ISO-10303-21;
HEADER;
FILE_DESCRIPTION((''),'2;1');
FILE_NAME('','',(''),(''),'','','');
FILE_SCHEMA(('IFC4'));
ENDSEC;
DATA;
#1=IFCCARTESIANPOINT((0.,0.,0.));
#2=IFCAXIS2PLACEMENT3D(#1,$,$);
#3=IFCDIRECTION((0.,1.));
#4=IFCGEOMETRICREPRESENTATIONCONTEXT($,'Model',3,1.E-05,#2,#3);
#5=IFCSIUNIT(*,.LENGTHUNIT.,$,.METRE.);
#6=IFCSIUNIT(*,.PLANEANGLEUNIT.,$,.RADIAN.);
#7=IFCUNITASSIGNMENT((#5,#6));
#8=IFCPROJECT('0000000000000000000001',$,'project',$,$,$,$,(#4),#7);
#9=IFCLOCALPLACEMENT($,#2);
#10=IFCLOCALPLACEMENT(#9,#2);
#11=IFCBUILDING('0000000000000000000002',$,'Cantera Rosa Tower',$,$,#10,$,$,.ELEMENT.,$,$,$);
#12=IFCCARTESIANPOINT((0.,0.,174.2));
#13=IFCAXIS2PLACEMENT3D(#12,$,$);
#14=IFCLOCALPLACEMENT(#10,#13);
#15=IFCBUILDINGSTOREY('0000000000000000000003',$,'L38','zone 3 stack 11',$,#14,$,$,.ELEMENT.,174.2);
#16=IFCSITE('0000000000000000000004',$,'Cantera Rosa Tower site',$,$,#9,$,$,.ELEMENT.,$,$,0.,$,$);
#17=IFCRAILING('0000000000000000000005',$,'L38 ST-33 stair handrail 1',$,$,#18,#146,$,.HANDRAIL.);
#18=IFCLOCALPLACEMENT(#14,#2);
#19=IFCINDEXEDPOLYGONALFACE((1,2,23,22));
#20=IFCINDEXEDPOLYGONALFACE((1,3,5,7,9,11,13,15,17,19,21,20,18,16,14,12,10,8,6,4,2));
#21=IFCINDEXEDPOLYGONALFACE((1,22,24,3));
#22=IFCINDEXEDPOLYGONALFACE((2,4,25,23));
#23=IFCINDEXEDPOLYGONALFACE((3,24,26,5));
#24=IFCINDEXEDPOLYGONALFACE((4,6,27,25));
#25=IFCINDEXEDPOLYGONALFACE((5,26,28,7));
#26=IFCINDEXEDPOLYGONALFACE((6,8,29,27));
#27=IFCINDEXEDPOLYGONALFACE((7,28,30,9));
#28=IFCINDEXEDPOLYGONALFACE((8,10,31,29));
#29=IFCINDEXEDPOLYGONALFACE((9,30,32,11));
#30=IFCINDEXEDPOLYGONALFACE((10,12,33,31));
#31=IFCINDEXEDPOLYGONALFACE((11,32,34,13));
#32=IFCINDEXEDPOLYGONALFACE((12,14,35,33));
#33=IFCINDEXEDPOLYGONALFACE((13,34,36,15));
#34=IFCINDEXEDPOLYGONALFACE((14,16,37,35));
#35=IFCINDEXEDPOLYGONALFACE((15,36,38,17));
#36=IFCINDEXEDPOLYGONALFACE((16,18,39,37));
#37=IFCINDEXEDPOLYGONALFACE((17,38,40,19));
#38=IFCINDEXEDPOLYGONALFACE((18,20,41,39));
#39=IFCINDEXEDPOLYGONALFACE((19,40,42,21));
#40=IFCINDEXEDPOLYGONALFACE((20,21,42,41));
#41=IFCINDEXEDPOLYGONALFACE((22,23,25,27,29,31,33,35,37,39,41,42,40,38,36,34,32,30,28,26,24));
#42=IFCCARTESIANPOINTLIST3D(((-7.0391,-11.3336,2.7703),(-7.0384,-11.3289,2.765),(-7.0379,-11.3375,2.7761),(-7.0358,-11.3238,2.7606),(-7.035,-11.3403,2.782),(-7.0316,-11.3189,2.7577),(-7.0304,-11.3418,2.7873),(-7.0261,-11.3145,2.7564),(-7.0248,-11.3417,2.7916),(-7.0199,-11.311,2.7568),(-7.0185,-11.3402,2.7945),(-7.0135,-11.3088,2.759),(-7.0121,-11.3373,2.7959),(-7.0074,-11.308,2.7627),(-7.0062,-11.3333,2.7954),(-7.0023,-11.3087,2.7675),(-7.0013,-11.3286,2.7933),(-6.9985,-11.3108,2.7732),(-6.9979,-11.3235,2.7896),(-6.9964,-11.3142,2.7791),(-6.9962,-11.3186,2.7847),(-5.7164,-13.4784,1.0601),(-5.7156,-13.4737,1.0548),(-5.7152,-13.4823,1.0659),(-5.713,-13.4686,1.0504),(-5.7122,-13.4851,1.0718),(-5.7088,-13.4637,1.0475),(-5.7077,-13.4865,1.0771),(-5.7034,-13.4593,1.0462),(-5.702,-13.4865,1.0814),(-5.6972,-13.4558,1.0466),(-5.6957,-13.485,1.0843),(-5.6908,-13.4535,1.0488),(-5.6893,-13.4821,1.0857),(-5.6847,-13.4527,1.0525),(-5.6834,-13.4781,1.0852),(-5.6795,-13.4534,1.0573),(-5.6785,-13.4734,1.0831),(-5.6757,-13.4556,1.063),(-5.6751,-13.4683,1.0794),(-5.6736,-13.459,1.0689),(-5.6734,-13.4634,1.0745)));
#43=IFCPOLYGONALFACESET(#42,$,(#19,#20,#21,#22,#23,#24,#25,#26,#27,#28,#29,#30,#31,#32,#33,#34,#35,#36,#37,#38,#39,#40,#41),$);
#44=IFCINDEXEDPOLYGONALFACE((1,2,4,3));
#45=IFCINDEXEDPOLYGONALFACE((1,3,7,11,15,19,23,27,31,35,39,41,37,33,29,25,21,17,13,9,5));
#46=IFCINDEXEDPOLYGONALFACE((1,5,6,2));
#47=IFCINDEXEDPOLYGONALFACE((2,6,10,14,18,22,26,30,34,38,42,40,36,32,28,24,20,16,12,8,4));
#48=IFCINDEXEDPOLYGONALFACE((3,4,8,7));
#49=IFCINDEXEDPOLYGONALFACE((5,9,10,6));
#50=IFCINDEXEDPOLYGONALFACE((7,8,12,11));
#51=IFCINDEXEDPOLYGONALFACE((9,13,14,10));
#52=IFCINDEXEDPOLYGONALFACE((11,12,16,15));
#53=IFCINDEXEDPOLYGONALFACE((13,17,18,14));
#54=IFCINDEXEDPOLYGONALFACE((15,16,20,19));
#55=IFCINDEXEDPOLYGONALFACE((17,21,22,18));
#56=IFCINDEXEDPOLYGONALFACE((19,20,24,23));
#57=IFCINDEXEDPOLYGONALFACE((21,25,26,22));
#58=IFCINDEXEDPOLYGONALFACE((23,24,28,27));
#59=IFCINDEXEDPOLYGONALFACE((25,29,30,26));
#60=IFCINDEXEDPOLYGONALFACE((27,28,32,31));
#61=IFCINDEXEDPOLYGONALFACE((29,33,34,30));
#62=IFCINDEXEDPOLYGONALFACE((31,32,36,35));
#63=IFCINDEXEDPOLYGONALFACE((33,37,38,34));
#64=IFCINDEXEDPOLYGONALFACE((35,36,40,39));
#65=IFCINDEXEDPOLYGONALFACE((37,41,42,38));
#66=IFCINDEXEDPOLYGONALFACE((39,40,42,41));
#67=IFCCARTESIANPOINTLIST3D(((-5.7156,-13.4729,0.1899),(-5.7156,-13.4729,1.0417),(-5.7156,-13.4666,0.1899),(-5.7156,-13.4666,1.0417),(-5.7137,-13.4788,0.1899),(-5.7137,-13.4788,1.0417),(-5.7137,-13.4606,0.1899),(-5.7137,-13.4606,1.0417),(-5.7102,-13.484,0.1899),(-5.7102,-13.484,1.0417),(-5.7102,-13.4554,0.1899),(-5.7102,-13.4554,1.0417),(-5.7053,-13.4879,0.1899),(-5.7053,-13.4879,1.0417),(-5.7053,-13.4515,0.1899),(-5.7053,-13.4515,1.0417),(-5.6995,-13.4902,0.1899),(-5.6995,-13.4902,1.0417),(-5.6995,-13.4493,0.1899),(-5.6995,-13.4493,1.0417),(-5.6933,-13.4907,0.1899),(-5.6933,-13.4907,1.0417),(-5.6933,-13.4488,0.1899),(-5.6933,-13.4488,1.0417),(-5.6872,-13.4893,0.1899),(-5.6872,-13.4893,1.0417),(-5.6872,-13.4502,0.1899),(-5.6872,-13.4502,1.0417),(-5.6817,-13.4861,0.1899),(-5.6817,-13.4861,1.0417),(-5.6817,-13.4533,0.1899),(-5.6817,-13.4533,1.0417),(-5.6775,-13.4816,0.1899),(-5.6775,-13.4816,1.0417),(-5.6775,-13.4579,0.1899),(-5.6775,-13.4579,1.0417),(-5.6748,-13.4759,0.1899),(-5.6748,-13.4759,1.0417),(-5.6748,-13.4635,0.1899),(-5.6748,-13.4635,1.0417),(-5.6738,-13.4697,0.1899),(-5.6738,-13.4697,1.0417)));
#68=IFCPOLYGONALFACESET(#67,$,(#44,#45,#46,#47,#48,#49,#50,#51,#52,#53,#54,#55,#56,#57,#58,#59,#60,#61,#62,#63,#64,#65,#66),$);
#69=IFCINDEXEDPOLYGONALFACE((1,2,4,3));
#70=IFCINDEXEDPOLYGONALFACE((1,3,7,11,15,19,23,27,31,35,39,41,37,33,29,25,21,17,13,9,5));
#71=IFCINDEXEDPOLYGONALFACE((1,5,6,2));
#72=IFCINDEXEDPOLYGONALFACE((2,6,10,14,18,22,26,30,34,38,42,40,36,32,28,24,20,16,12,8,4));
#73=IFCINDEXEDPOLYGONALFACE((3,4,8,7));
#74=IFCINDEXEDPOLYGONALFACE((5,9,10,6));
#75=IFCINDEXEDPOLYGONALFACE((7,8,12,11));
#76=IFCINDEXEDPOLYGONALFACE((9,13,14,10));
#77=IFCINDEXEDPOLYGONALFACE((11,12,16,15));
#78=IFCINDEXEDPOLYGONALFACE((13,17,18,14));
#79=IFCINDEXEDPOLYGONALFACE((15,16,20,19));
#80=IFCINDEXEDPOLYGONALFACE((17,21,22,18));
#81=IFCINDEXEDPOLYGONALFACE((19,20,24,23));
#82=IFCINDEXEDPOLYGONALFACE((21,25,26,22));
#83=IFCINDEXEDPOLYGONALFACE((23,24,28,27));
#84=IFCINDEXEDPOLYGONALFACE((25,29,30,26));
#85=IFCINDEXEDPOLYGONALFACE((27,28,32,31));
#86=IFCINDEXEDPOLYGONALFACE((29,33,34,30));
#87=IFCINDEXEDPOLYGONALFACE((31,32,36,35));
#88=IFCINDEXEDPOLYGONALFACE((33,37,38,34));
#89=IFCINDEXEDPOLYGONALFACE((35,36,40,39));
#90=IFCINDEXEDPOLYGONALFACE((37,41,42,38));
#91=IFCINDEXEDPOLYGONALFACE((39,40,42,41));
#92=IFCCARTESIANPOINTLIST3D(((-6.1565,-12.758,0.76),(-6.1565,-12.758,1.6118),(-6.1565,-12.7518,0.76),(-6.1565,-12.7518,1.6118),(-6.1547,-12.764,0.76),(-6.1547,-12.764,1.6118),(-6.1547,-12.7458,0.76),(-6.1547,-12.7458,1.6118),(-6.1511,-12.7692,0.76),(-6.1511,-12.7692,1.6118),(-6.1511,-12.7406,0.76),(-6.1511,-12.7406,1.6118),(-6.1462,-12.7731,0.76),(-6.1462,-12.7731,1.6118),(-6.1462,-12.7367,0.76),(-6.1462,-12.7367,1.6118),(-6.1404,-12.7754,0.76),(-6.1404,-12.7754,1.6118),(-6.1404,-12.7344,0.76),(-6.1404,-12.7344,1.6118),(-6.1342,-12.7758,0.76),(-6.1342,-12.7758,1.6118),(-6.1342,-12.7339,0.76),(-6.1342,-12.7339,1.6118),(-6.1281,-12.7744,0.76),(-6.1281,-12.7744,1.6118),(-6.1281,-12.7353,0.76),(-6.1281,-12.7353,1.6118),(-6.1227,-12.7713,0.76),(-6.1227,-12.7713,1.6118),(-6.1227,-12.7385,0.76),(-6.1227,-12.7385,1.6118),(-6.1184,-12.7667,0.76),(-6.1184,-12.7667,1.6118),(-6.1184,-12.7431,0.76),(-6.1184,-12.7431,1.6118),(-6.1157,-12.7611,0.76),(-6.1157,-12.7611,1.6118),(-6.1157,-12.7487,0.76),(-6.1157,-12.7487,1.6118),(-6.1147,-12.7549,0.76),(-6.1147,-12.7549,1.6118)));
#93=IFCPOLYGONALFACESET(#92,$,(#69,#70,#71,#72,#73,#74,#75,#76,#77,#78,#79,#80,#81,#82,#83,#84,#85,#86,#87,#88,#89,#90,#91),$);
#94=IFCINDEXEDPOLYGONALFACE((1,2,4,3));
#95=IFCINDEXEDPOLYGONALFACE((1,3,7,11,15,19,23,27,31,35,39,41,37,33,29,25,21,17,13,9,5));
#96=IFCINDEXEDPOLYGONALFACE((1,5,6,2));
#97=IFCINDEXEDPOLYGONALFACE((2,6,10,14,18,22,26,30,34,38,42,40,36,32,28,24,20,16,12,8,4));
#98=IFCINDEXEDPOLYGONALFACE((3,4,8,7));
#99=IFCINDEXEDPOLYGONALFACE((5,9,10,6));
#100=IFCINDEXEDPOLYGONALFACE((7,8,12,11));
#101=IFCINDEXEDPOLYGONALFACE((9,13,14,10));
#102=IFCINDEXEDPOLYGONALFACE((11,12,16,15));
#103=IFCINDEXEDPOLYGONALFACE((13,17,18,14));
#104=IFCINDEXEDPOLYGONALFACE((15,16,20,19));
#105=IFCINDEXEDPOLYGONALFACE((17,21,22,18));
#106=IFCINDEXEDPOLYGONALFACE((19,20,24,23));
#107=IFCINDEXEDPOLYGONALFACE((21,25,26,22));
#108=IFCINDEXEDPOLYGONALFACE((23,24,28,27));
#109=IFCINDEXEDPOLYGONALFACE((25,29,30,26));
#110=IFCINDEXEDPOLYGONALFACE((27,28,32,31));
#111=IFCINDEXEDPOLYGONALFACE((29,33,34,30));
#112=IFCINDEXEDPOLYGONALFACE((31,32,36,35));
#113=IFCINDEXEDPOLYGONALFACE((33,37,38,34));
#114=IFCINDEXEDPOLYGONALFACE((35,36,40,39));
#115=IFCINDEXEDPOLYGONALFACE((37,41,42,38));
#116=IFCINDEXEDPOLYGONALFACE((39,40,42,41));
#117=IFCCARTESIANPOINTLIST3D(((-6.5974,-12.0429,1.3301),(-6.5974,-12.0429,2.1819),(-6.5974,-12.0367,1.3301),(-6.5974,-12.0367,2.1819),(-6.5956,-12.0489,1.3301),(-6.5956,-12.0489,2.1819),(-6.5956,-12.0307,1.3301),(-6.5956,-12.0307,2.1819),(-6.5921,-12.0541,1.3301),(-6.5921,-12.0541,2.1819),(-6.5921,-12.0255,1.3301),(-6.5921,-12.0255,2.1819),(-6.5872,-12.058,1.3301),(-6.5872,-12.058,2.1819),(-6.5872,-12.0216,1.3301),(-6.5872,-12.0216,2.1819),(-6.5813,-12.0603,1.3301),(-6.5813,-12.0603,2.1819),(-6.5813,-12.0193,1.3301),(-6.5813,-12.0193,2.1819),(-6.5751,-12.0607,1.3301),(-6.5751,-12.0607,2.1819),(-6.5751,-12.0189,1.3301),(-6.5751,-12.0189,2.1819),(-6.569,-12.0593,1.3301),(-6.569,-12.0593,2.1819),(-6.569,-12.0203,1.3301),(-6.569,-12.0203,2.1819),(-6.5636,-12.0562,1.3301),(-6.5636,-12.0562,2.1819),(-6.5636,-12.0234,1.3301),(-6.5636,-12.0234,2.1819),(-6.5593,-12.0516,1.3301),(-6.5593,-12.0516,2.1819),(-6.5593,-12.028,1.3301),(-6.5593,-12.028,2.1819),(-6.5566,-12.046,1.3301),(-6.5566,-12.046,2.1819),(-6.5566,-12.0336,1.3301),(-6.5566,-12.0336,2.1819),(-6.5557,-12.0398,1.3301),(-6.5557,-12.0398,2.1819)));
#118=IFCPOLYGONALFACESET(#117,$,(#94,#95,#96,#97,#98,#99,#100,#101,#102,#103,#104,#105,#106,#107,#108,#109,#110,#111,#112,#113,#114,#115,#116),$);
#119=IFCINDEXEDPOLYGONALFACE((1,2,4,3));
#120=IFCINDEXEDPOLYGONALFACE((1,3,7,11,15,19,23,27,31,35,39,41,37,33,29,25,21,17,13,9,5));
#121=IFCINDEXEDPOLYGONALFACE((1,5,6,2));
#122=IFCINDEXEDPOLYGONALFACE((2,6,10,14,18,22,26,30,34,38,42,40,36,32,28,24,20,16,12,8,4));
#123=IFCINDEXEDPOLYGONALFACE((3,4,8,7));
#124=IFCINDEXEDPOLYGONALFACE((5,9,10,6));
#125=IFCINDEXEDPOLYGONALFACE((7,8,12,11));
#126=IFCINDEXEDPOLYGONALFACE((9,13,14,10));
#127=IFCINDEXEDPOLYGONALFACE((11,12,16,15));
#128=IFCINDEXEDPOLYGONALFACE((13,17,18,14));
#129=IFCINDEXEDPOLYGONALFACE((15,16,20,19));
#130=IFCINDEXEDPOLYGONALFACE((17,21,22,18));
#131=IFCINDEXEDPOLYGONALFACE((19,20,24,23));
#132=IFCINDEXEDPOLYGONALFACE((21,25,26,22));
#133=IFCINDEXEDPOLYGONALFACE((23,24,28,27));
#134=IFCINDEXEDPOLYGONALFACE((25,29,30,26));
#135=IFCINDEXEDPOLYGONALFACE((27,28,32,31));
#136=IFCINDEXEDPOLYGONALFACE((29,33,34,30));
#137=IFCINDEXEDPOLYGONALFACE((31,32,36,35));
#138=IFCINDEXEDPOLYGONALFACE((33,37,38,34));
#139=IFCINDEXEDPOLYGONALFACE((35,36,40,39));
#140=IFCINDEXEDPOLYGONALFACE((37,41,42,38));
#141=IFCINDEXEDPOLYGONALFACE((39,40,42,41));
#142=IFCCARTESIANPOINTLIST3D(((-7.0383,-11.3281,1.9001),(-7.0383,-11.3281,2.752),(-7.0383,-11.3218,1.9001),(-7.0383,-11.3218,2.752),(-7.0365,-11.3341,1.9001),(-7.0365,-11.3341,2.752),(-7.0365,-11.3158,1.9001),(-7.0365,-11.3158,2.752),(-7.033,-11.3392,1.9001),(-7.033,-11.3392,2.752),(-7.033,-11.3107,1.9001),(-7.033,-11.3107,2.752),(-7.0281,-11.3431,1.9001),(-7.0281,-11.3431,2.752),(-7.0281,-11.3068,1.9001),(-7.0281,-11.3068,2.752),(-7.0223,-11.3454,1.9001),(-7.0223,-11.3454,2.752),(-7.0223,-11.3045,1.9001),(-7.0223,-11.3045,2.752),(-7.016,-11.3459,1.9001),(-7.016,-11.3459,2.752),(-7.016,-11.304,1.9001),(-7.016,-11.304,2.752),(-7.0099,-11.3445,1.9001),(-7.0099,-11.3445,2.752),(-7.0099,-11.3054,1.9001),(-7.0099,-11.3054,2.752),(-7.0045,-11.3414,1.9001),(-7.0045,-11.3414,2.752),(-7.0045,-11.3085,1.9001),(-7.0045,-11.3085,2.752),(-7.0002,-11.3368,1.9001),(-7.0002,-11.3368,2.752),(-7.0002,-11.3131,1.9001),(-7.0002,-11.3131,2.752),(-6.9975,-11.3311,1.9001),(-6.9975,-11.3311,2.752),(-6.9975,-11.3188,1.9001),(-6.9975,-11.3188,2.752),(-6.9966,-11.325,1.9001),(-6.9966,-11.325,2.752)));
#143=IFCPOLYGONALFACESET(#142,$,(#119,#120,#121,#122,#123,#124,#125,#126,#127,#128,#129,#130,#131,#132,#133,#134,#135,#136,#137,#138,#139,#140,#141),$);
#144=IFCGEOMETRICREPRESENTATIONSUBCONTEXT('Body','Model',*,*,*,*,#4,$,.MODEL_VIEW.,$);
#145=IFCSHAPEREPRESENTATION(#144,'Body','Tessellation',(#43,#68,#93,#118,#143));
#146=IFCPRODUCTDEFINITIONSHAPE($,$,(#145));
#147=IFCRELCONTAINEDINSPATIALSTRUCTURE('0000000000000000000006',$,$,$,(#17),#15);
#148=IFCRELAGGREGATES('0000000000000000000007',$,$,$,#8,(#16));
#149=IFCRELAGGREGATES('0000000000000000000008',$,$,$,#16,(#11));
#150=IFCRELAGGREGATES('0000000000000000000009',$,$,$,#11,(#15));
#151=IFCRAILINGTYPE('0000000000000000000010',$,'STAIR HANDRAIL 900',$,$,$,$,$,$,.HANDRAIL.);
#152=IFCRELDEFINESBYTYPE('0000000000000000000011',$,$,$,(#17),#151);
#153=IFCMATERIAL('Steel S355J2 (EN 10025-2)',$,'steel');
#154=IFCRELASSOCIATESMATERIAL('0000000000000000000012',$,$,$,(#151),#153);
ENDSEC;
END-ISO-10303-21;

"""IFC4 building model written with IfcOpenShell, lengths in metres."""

from ifc_helpers import new_model, si_unit, direction, frame, origin, origin_2d, place, context, subcontext, project, spatial, circle, extrude, material, type_object, element, save


model = new_model("IFC4")

# Units and contexts
model_context = context("Model", 3, precision=1e-05, world=origin(), true_north=direction((0.0, 1.0)))
body_context = subcontext(model_context, "Body", "Model", "MODEL_VIEW")
ifc_project = project(units=[si_unit("LENGTHUNIT", "METRE"), si_unit("PLANEANGLEUNIT", "RADIAN")], contexts=[model_context])

# Site, building, storey
site_placement = place(None, origin())
site = spatial("IfcSite", under=ifc_project, at=site_placement, Name="Cantera Rosa Tower site", CompositionType="ELEMENT", RefElevation=0.0)
building_placement = place(site_placement, origin())
building = spatial("IfcBuilding", under=site, at=building_placement, Name="Cantera Rosa Tower", CompositionType="ELEMENT")
storey_placement = place(building_placement, frame((0.0, 0.0, 174.2)))
storey = spatial("IfcBuildingStorey", under=building, at=storey_placement, Name="L38", Description="zone 3 stack 11", CompositionType="ELEMENT", Elevation=174.2)

# Railing
ifc_material_1 = material(Name="Steel S355J2 (EN 10025-2)", Category="steel")
railing_type_1 = type_object("IfcRailingType", Name="STAIR HANDRAIL 900", PredefinedType="HANDRAIL", material=ifc_material_1)
railing_1_placement = place(storey_placement, frame((-5.6948, -13.4697, 0.1899)))
element("IfcRailing", 1, at=railing_1_placement, inside=storey, type_object=railing_type_1, Name="L38 ST-33 stair handrail 1", PredefinedType="HANDRAIL", context=body_context, shape_type="SweptSolid", body=[
    extrude(circle(Radius=0.0239, at=origin_2d()), frame((0.0, 0.0, 0.876), z_axis=(-0.434343, 0.704264, 0.561568), x_axis=(-0.851146, -0.52493, 0.0)), (0.0, 0.0, 1.0), 3.0454),
    extrude(circle(Radius=0.021, at=origin_2d()), origin(), (0.0, 0.0, 1.0), 0.8518),
    extrude(circle(Radius=0.021, at=origin_2d()), frame((-0.4409, 0.7148, 0.5701)), (0.0, 0.0, 1.0), 0.8518),
    extrude(circle(Radius=0.021, at=origin_2d()), frame((-0.8818, 1.4299, 1.1401)), (0.0, 0.0, 1.0), 0.8518),
    extrude(circle(Radius=0.021, at=origin_2d()), frame((-1.3228, 2.1448, 1.7102)), (0.0, 0.0, 1.0), 0.8518),
])

save(model, "model.ifc")
